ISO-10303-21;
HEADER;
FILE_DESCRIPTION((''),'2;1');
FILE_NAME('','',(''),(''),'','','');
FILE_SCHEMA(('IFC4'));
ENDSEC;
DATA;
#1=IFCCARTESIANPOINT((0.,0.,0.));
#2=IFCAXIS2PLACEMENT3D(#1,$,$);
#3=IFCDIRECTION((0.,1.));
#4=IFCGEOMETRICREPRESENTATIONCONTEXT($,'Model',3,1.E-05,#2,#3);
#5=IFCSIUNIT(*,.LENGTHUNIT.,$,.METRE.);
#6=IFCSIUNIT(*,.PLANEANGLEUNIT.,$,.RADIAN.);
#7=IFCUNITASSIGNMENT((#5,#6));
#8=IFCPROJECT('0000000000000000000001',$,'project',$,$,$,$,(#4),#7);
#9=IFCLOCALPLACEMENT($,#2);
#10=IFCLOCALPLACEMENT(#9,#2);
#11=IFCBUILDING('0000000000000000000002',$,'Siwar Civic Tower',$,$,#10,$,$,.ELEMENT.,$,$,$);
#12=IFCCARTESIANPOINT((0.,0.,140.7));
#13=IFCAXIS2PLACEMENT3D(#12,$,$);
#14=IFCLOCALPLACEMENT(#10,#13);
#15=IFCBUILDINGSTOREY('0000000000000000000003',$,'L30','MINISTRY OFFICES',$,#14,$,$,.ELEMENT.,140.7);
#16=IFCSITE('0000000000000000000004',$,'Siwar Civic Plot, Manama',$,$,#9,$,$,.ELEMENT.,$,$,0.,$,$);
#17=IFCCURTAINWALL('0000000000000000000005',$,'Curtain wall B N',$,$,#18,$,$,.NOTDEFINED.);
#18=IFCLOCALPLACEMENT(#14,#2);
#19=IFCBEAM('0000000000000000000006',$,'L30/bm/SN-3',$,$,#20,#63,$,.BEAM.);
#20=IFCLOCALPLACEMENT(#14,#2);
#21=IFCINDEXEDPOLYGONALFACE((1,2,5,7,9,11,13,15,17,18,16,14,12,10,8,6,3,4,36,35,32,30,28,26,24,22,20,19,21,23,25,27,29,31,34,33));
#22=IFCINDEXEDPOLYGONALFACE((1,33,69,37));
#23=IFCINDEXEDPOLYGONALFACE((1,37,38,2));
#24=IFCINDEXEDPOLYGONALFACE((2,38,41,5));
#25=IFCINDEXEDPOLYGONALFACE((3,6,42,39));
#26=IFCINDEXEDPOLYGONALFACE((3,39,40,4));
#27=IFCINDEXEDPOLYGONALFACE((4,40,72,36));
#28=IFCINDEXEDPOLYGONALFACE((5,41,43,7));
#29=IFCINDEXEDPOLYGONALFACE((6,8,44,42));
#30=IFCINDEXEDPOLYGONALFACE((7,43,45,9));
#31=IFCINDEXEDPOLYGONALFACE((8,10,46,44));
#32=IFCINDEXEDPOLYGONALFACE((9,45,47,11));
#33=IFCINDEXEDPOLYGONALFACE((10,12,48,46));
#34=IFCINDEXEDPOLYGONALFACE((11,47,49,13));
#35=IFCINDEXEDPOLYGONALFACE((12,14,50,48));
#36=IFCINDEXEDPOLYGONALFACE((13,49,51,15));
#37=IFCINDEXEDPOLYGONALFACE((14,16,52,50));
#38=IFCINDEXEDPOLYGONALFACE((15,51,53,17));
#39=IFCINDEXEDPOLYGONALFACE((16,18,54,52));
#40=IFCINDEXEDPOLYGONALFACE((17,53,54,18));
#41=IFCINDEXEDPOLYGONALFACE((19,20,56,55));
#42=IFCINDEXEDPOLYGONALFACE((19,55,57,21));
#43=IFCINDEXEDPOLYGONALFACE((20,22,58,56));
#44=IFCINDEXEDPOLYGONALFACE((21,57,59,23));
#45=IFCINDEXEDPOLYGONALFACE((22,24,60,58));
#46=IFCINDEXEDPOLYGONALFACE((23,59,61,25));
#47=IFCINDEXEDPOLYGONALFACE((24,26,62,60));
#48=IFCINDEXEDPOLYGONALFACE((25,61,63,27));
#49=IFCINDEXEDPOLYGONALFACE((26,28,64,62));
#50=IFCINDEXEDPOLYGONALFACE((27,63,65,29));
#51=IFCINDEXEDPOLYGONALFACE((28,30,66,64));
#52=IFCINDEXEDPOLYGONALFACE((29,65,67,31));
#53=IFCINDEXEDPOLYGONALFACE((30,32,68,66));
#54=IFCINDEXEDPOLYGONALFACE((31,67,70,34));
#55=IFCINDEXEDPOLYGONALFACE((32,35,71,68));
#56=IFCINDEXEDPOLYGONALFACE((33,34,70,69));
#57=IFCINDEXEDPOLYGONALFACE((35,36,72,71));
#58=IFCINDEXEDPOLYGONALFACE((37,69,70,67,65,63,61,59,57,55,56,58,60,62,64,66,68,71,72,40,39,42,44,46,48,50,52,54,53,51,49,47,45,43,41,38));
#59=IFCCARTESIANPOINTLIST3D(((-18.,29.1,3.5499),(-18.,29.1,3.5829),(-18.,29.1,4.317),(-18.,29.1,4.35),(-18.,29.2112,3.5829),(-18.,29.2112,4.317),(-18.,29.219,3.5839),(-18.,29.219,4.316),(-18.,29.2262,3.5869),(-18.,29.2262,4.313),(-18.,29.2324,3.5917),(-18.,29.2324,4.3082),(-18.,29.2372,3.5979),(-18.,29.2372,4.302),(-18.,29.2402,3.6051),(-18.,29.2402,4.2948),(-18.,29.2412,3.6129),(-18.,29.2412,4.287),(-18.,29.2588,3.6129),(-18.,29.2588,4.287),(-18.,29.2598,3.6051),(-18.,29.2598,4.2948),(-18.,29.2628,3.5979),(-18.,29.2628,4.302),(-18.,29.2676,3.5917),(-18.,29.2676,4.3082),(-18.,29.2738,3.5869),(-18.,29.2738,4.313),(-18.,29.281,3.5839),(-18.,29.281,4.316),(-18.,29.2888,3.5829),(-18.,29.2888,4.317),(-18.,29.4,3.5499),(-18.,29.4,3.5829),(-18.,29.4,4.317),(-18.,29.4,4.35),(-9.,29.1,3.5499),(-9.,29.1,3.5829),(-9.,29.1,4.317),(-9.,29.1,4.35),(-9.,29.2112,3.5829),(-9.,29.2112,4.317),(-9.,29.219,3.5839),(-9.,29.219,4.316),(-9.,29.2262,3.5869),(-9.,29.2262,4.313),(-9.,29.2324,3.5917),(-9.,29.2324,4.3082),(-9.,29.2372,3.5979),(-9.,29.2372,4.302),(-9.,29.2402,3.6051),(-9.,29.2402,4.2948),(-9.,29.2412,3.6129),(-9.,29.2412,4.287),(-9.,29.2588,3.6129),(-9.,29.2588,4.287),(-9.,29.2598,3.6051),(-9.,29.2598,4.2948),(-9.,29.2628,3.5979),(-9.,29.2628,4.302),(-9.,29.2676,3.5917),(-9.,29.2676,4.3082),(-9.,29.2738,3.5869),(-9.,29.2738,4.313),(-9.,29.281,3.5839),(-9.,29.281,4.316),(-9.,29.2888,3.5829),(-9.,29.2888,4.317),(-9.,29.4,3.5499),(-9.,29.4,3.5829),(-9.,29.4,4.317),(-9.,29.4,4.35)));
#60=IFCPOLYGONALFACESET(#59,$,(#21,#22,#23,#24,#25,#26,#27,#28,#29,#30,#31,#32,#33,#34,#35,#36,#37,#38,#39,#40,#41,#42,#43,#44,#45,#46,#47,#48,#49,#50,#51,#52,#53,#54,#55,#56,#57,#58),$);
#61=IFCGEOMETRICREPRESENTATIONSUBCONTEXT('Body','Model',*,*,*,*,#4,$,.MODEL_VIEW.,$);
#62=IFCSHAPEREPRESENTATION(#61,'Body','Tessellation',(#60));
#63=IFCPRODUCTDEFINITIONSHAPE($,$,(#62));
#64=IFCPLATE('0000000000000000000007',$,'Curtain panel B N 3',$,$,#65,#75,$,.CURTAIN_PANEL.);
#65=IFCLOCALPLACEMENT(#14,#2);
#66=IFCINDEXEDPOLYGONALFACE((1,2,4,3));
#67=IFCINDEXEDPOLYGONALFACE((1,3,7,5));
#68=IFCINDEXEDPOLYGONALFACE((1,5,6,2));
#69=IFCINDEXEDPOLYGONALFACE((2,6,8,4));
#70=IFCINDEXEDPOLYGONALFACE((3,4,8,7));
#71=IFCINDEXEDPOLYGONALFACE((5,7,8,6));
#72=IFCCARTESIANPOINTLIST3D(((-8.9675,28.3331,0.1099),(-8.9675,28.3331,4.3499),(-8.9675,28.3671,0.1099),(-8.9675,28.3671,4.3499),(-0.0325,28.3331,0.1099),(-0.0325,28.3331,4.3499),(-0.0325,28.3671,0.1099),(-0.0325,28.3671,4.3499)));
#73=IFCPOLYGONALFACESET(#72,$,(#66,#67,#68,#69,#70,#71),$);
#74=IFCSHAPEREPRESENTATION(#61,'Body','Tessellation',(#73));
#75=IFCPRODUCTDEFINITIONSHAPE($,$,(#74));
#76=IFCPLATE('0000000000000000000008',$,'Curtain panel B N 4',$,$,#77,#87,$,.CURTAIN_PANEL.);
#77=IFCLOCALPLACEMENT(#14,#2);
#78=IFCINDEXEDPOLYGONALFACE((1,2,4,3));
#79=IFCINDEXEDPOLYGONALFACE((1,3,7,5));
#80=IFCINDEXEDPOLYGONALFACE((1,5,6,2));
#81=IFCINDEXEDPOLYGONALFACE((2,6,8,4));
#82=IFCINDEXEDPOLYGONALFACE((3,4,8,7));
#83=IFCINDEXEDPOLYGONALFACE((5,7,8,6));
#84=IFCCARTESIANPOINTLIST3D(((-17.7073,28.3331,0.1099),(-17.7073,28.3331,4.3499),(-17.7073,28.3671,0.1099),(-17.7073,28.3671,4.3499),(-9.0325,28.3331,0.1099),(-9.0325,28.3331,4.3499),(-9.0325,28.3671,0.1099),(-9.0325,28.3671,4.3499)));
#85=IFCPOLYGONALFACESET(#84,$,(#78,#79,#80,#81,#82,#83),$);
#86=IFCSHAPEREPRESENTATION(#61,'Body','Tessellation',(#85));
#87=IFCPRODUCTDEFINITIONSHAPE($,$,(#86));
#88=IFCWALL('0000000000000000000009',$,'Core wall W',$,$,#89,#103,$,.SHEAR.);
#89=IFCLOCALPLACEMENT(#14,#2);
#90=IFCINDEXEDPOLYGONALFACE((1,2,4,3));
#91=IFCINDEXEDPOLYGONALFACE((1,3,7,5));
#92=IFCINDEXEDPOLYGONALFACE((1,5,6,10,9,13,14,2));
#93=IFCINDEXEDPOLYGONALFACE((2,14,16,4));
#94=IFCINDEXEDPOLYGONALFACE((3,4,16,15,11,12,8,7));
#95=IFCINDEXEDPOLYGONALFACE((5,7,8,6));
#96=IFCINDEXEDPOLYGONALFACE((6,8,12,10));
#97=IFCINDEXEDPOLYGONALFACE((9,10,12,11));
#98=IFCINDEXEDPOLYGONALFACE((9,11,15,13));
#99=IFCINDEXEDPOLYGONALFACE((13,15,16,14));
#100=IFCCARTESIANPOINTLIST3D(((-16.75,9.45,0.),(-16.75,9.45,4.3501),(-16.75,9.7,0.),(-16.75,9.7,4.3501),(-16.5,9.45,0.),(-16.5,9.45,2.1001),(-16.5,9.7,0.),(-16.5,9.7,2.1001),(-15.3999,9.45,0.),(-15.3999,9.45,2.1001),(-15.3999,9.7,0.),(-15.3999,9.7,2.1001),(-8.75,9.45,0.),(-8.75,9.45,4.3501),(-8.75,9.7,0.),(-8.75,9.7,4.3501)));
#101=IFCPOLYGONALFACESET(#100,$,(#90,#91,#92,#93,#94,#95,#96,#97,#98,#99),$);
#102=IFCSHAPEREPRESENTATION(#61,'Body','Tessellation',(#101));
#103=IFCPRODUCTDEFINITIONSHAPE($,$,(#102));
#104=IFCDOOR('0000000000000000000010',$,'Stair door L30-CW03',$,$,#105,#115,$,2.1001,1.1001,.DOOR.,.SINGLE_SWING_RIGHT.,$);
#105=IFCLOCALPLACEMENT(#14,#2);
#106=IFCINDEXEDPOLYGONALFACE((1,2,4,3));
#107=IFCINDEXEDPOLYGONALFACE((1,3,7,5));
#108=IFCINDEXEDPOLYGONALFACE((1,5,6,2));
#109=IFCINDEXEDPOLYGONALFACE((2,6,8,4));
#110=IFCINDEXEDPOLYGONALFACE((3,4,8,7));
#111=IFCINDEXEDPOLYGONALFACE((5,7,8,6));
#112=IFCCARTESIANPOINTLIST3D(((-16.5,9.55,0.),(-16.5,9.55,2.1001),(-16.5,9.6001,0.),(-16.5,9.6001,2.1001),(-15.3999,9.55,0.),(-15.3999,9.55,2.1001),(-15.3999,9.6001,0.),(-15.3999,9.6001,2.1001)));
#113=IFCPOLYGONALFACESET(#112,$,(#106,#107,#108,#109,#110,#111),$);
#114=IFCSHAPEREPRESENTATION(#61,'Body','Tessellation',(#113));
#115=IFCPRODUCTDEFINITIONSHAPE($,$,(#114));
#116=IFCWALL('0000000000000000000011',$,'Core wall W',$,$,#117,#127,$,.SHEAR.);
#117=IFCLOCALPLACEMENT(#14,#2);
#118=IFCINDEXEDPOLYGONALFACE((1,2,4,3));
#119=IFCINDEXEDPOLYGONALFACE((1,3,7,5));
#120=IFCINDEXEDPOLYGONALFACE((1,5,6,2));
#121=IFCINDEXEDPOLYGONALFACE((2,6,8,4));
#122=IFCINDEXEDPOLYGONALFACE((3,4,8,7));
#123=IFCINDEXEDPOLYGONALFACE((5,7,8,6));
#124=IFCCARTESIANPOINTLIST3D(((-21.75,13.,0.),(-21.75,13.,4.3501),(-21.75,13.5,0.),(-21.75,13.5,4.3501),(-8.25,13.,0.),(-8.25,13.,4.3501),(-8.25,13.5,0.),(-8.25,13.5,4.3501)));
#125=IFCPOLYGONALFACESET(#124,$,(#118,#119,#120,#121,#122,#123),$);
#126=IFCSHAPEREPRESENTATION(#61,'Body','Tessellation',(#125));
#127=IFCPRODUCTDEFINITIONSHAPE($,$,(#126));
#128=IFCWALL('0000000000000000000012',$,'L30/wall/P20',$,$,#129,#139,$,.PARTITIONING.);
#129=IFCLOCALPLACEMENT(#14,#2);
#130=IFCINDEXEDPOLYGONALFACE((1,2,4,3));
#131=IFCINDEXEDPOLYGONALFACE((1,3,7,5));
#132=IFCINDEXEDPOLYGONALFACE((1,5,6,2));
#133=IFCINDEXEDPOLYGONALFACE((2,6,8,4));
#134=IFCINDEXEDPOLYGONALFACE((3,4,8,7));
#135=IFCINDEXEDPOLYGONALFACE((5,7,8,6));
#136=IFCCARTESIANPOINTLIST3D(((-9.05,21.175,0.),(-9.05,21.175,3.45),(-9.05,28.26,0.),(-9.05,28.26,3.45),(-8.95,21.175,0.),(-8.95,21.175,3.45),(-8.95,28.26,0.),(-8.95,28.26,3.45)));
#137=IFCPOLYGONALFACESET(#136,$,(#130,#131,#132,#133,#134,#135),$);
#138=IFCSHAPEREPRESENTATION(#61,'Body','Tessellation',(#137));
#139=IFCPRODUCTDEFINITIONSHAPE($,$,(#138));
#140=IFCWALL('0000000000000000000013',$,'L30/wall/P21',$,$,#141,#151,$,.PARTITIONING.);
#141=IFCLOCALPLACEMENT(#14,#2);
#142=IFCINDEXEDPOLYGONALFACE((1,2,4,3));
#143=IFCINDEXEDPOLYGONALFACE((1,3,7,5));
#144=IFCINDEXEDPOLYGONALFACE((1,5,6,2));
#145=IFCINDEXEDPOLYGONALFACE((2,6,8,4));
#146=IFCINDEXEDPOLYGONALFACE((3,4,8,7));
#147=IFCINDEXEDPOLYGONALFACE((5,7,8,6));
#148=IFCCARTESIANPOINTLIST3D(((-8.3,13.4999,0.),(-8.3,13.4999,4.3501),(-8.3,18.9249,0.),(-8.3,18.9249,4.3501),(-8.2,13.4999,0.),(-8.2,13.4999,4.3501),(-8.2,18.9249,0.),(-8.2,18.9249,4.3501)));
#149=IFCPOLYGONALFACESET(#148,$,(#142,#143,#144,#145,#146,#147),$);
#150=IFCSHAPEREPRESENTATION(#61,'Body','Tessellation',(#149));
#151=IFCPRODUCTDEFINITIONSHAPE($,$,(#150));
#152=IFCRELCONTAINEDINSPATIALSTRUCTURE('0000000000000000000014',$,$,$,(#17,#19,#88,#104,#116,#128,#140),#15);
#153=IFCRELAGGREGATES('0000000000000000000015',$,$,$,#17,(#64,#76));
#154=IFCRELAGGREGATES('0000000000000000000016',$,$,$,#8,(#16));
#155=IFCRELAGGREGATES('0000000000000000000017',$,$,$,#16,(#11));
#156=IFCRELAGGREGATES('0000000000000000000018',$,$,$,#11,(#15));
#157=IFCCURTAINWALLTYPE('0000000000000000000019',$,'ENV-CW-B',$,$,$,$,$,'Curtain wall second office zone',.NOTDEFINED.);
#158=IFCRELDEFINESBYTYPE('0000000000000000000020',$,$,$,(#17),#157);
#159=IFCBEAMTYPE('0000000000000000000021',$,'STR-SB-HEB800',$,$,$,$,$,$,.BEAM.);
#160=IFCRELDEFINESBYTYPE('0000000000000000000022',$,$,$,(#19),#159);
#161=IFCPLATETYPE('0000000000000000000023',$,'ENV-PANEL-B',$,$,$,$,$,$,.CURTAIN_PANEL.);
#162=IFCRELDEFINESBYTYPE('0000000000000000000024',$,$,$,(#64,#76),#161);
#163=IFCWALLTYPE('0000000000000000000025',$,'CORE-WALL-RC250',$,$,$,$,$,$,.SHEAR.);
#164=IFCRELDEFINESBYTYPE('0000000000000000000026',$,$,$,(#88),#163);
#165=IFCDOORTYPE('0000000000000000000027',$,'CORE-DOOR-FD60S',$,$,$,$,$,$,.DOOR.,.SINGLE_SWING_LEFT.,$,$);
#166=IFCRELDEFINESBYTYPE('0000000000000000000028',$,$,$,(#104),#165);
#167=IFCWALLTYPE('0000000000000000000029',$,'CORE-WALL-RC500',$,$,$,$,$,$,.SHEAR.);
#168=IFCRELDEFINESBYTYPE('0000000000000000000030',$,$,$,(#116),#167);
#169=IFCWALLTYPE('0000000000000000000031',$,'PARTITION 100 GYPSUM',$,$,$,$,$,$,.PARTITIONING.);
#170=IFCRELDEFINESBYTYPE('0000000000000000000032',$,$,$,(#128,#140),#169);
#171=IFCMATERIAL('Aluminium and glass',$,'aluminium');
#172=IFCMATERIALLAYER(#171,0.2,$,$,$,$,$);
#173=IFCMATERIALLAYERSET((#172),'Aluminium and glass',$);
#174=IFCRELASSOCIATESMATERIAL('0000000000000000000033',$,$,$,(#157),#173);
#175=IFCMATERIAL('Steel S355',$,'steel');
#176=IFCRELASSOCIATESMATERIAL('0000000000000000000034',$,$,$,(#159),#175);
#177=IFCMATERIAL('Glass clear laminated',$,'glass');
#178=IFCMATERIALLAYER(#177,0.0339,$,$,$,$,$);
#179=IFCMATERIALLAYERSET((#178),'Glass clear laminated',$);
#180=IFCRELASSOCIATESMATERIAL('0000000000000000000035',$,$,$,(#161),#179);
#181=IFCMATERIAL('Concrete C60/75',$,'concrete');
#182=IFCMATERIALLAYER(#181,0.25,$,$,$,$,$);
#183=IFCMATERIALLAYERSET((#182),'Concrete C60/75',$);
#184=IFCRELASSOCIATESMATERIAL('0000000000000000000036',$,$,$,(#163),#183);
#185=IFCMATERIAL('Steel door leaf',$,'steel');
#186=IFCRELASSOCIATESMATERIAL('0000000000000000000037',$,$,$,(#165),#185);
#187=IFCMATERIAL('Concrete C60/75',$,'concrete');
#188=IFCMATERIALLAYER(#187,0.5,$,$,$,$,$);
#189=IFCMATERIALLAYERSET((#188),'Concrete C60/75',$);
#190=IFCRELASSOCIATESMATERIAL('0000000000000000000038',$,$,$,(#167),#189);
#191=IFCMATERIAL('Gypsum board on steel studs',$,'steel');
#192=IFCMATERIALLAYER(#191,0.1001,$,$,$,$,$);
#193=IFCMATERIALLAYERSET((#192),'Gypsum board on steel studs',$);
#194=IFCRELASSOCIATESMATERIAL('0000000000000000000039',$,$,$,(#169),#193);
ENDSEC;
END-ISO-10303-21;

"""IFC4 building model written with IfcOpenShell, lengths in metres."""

from ifc_helpers import new_model, si_unit, direction, frame, frame_2d, origin, origin_2d, place, context, subcontext, project, spatial, rectangle, i_section, extrude, material, layer, layer_set, material_profile, profile_set, type_object, element, fill, aggregate, save


model = new_model("IFC4")

# Units and contexts
model_context = context("Model", 3, precision=1e-05, world=origin(), true_north=direction((0.0, 1.0)))
body_context = subcontext(model_context, "Body", "Model", "MODEL_VIEW")
ifc_project = project(units=[si_unit("LENGTHUNIT", "METRE"), si_unit("PLANEANGLEUNIT", "RADIAN")], contexts=[model_context])

# Site, building, storey
site_placement = place(None, origin())
site = spatial("IfcSite", under=ifc_project, at=site_placement, Name="Siwar Civic Plot, Manama", CompositionType="ELEMENT", RefElevation=0.0)
building_placement = place(site_placement, origin())
building = spatial("IfcBuilding", under=site, at=building_placement, Name="Siwar Civic Tower", CompositionType="ELEMENT")
storey_placement = place(building_placement, frame((0.0, 0.0, 140.7)))
storey = spatial("IfcBuildingStorey", under=building, at=storey_placement, Name="L30", Description="MINISTRY OFFICES", CompositionType="ELEMENT", Elevation=140.7)

# Curtain wall
ifc_material_1 = material(Name="Aluminium and glass", Category="aluminium")
ifc_layer_1 = layer(ifc_material_1, 0.2)
ifc_layer_set_1 = layer_set([ifc_layer_1], Name="Aluminium and glass")
curtain_wall_type_1 = type_object("IfcCurtainWallType", Name="ENV-CW-B", ElementType="Curtain wall second office zone", PredefinedType="NOTDEFINED", material=ifc_layer_set_1)
curtain_wall_1_placement = place(storey_placement, origin())
curtain_wall_1 = element("IfcCurtainWall", 1, at=curtain_wall_1_placement, inside=storey, type_object=curtain_wall_type_1, Name="Curtain wall B N", PredefinedType="NOTDEFINED")

# Beam
ifc_material_2 = material(Name="Steel S355", Category="steel")
ifc_material_profile_1 = material_profile(ifc_material_2, i_section(OverallWidth=0.3, OverallDepth=0.8, WebThickness=0.0176, FlangeThickness=0.033, FilletRadius=0.03, at=origin_2d()), Name="HEB800")
ifc_profile_set_1 = profile_set([ifc_material_profile_1], Name="Steel S355")
beam_type_1 = type_object("IfcBeamType", Name="STR-SB-HEB800", PredefinedType="BEAM", material=ifc_profile_set_1)
for number, where, z_axis, x_axis, name in (
    (2, (-9.0, 29.25, 3.95), (-1.0, 0.0, 0.0), (0.0, -1.0, 0.0), "L30/bm/SN-3"),
):
    element("IfcBeam", number, at=place(storey_placement, frame(where, z_axis=z_axis, x_axis=x_axis)), inside=storey, type_object=beam_type_1, Name=name, PredefinedType="BEAM", context=body_context, shape_type="SweptSolid", body=[
        extrude(i_section(OverallWidth=0.3, OverallDepth=0.8, WebThickness=0.0176, FlangeThickness=0.033, FilletRadius=0.03, at=origin_2d()), origin(), (0.0, 0.0, 1.0), 9.0),
    ])

# Plates
ifc_material_3 = material(Name="Glass clear laminated", Category="glass")
ifc_layer_2 = layer(ifc_material_3, 0.0339)
ifc_layer_set_2 = layer_set([ifc_layer_2], Name="Glass clear laminated")
plate_type = type_object("IfcPlateType", Name="ENV-PANEL-B", PredefinedType="CURTAIN_PANEL", material=ifc_layer_set_2)
plate_1_placement = place(storey_placement, frame((-4.5, 28.3501, 0.1099), z_axis=(0.0, 0.0, 1.0), x_axis=(-1.0, 0.0, 0.0)))
plate_1 = element("IfcPlate", 3, at=plate_1_placement, type_object=plate_type, Name="Curtain panel B N 3", PredefinedType="CURTAIN_PANEL", context=body_context, shape_type="SweptSolid", body=[
    extrude(rectangle(XDim=8.9351, YDim=0.0339, at=origin_2d()), origin(), (0.0, 0.0, 1.0), 4.24),
])
plate_2_placement = place(storey_placement, frame((-13.3699, 28.3501, 0.1099), z_axis=(0.0, 0.0, 1.0), x_axis=(-1.0, 0.0, 0.0)))
plate_2 = element("IfcPlate", 4, at=plate_2_placement, type_object=plate_type, Name="Curtain panel B N 4", PredefinedType="CURTAIN_PANEL", context=body_context, shape_type="SweptSolid", body=[
    extrude(rectangle(XDim=8.6748, YDim=0.0339, at=origin_2d()), origin(), (0.0, 0.0, 1.0), 4.24),
])
aggregate(curtain_wall_1, [plate_1, plate_2])

# Wall, opening, door
ifc_material_4 = material(Name="Concrete C60/75", Category="concrete")
ifc_layer_3 = layer(ifc_material_4, 0.25)
ifc_layer_set_3 = layer_set([ifc_layer_3], Name="Concrete C60/75")
wall_type_1 = type_object("IfcWallType", Name="CORE-WALL-RC250", PredefinedType="SHEAR", material=ifc_layer_set_3)
wall_1_placement = place(storey_placement, frame((-8.75, 9.575, 0.0), z_axis=(0.0, 0.0, 1.0), x_axis=(-1.0, 0.0, 0.0)))
wall_1 = element("IfcWall", 5, at=wall_1_placement, inside=storey, type_object=wall_type_1, Name="Core wall W", PredefinedType="SHEAR", context=body_context, shape_type="SweptSolid", body=[
    extrude(rectangle(XDim=8.0, YDim=0.25, at=frame_2d((4.0, 0.0))), origin(), (0.0, 0.0, 1.0), 4.3501),
])
opening_placement = place(wall_1_placement, frame((6.6499, 0.0, 0.0)))
opening = element("IfcOpeningElement", 6, at=opening_placement, cuts=wall_1, PredefinedType="OPENING", context=body_context, shape_type="SweptSolid", body=[
    extrude(rectangle(XDim=1.1001, YDim=2.1001, at=frame_2d((0.55, 1.05))), frame((0.0, 0.135, 0.0), z_axis=(0.0, -1.0, 0.0), x_axis=(1.0, 0.0, 0.0)), (0.0, 0.0, 1.0), 0.27),
])
ifc_material_5 = material(Name="Steel door leaf", Category="steel")
door_type = type_object("IfcDoorType", Name="CORE-DOOR-FD60S", OperationType="SINGLE_SWING_LEFT", PredefinedType="DOOR", material=ifc_material_5)
door_placement = place(opening_placement, origin())
door = element("IfcDoor", 7, at=door_placement, inside=storey, type_object=door_type, Name="Stair door L30-CW03", OperationType="SINGLE_SWING_RIGHT", OverallHeight=2.1001, OverallWidth=1.1001, PredefinedType="DOOR", context=body_context, shape_type="SweptSolid", body=[
    extrude(rectangle(XDim=1.1001, YDim=2.1001, at=frame_2d((0.55, 1.05))), frame((0.0, 0.0249, 0.0), z_axis=(0.0, -1.0, 0.0), x_axis=(1.0, 0.0, 0.0)), (0.0, 0.0, 1.0), 0.05),
])
fill(opening, door)

# Walls
ifc_material_6 = material(Name="Concrete C60/75", Category="concrete")
ifc_layer_4 = layer(ifc_material_6, 0.5)
ifc_layer_set_4 = layer_set([ifc_layer_4], Name="Concrete C60/75")
wall_type_2 = type_object("IfcWallType", Name="CORE-WALL-RC500", PredefinedType="SHEAR", material=ifc_layer_set_4)
wall_2_placement = place(storey_placement, frame((-8.25, 13.25, 0.0), z_axis=(0.0, 0.0, 1.0), x_axis=(-1.0, 0.0, 0.0)))
element("IfcWall", 8, at=wall_2_placement, inside=storey, type_object=wall_type_2, Name="Core wall W", PredefinedType="SHEAR", context=body_context, shape_type="SweptSolid", body=[
    extrude(rectangle(XDim=13.5, YDim=0.5, at=frame_2d((6.75, 0.0))), origin(), (0.0, 0.0, 1.0), 4.3501),
])
ifc_material_7 = material(Name="Gypsum board on steel studs", Category="steel")
ifc_layer_5 = layer(ifc_material_7, 0.1001)
ifc_layer_set_5 = layer_set([ifc_layer_5], Name="Gypsum board on steel studs")
wall_type_3 = type_object("IfcWallType", Name="PARTITION 100 GYPSUM", PredefinedType="PARTITIONING", material=ifc_layer_set_5)
wall_3_placement = place(storey_placement, frame((-9.0, 21.175, 0.0), z_axis=(0.0, 0.0, 1.0), x_axis=(0.0, 1.0, 0.0)))
element("IfcWall", 9, at=wall_3_placement, inside=storey, type_object=wall_type_3, Name="L30/wall/P20", PredefinedType="PARTITIONING", context=body_context, shape_type="SweptSolid", body=[
    extrude(rectangle(XDim=7.085, YDim=0.1001, at=frame_2d((3.5425, 0.0))), origin(), (0.0, 0.0, 1.0), 3.45),
])
wall_4_placement = place(storey_placement, frame((-8.25, 13.5, 0.0), z_axis=(0.0, 0.0, 1.0), x_axis=(0.0, 1.0, 0.0)))
element("IfcWall", 10, at=wall_4_placement, inside=storey, type_object=wall_type_3, Name="L30/wall/P21", PredefinedType="PARTITIONING", context=body_context, shape_type="SweptSolid", body=[
    extrude(rectangle(XDim=5.425, YDim=0.1001, at=frame_2d((2.7124, 0.0))), origin(), (0.0, 0.0, 1.0), 4.3501),
])

save(model, "model.ifc")
